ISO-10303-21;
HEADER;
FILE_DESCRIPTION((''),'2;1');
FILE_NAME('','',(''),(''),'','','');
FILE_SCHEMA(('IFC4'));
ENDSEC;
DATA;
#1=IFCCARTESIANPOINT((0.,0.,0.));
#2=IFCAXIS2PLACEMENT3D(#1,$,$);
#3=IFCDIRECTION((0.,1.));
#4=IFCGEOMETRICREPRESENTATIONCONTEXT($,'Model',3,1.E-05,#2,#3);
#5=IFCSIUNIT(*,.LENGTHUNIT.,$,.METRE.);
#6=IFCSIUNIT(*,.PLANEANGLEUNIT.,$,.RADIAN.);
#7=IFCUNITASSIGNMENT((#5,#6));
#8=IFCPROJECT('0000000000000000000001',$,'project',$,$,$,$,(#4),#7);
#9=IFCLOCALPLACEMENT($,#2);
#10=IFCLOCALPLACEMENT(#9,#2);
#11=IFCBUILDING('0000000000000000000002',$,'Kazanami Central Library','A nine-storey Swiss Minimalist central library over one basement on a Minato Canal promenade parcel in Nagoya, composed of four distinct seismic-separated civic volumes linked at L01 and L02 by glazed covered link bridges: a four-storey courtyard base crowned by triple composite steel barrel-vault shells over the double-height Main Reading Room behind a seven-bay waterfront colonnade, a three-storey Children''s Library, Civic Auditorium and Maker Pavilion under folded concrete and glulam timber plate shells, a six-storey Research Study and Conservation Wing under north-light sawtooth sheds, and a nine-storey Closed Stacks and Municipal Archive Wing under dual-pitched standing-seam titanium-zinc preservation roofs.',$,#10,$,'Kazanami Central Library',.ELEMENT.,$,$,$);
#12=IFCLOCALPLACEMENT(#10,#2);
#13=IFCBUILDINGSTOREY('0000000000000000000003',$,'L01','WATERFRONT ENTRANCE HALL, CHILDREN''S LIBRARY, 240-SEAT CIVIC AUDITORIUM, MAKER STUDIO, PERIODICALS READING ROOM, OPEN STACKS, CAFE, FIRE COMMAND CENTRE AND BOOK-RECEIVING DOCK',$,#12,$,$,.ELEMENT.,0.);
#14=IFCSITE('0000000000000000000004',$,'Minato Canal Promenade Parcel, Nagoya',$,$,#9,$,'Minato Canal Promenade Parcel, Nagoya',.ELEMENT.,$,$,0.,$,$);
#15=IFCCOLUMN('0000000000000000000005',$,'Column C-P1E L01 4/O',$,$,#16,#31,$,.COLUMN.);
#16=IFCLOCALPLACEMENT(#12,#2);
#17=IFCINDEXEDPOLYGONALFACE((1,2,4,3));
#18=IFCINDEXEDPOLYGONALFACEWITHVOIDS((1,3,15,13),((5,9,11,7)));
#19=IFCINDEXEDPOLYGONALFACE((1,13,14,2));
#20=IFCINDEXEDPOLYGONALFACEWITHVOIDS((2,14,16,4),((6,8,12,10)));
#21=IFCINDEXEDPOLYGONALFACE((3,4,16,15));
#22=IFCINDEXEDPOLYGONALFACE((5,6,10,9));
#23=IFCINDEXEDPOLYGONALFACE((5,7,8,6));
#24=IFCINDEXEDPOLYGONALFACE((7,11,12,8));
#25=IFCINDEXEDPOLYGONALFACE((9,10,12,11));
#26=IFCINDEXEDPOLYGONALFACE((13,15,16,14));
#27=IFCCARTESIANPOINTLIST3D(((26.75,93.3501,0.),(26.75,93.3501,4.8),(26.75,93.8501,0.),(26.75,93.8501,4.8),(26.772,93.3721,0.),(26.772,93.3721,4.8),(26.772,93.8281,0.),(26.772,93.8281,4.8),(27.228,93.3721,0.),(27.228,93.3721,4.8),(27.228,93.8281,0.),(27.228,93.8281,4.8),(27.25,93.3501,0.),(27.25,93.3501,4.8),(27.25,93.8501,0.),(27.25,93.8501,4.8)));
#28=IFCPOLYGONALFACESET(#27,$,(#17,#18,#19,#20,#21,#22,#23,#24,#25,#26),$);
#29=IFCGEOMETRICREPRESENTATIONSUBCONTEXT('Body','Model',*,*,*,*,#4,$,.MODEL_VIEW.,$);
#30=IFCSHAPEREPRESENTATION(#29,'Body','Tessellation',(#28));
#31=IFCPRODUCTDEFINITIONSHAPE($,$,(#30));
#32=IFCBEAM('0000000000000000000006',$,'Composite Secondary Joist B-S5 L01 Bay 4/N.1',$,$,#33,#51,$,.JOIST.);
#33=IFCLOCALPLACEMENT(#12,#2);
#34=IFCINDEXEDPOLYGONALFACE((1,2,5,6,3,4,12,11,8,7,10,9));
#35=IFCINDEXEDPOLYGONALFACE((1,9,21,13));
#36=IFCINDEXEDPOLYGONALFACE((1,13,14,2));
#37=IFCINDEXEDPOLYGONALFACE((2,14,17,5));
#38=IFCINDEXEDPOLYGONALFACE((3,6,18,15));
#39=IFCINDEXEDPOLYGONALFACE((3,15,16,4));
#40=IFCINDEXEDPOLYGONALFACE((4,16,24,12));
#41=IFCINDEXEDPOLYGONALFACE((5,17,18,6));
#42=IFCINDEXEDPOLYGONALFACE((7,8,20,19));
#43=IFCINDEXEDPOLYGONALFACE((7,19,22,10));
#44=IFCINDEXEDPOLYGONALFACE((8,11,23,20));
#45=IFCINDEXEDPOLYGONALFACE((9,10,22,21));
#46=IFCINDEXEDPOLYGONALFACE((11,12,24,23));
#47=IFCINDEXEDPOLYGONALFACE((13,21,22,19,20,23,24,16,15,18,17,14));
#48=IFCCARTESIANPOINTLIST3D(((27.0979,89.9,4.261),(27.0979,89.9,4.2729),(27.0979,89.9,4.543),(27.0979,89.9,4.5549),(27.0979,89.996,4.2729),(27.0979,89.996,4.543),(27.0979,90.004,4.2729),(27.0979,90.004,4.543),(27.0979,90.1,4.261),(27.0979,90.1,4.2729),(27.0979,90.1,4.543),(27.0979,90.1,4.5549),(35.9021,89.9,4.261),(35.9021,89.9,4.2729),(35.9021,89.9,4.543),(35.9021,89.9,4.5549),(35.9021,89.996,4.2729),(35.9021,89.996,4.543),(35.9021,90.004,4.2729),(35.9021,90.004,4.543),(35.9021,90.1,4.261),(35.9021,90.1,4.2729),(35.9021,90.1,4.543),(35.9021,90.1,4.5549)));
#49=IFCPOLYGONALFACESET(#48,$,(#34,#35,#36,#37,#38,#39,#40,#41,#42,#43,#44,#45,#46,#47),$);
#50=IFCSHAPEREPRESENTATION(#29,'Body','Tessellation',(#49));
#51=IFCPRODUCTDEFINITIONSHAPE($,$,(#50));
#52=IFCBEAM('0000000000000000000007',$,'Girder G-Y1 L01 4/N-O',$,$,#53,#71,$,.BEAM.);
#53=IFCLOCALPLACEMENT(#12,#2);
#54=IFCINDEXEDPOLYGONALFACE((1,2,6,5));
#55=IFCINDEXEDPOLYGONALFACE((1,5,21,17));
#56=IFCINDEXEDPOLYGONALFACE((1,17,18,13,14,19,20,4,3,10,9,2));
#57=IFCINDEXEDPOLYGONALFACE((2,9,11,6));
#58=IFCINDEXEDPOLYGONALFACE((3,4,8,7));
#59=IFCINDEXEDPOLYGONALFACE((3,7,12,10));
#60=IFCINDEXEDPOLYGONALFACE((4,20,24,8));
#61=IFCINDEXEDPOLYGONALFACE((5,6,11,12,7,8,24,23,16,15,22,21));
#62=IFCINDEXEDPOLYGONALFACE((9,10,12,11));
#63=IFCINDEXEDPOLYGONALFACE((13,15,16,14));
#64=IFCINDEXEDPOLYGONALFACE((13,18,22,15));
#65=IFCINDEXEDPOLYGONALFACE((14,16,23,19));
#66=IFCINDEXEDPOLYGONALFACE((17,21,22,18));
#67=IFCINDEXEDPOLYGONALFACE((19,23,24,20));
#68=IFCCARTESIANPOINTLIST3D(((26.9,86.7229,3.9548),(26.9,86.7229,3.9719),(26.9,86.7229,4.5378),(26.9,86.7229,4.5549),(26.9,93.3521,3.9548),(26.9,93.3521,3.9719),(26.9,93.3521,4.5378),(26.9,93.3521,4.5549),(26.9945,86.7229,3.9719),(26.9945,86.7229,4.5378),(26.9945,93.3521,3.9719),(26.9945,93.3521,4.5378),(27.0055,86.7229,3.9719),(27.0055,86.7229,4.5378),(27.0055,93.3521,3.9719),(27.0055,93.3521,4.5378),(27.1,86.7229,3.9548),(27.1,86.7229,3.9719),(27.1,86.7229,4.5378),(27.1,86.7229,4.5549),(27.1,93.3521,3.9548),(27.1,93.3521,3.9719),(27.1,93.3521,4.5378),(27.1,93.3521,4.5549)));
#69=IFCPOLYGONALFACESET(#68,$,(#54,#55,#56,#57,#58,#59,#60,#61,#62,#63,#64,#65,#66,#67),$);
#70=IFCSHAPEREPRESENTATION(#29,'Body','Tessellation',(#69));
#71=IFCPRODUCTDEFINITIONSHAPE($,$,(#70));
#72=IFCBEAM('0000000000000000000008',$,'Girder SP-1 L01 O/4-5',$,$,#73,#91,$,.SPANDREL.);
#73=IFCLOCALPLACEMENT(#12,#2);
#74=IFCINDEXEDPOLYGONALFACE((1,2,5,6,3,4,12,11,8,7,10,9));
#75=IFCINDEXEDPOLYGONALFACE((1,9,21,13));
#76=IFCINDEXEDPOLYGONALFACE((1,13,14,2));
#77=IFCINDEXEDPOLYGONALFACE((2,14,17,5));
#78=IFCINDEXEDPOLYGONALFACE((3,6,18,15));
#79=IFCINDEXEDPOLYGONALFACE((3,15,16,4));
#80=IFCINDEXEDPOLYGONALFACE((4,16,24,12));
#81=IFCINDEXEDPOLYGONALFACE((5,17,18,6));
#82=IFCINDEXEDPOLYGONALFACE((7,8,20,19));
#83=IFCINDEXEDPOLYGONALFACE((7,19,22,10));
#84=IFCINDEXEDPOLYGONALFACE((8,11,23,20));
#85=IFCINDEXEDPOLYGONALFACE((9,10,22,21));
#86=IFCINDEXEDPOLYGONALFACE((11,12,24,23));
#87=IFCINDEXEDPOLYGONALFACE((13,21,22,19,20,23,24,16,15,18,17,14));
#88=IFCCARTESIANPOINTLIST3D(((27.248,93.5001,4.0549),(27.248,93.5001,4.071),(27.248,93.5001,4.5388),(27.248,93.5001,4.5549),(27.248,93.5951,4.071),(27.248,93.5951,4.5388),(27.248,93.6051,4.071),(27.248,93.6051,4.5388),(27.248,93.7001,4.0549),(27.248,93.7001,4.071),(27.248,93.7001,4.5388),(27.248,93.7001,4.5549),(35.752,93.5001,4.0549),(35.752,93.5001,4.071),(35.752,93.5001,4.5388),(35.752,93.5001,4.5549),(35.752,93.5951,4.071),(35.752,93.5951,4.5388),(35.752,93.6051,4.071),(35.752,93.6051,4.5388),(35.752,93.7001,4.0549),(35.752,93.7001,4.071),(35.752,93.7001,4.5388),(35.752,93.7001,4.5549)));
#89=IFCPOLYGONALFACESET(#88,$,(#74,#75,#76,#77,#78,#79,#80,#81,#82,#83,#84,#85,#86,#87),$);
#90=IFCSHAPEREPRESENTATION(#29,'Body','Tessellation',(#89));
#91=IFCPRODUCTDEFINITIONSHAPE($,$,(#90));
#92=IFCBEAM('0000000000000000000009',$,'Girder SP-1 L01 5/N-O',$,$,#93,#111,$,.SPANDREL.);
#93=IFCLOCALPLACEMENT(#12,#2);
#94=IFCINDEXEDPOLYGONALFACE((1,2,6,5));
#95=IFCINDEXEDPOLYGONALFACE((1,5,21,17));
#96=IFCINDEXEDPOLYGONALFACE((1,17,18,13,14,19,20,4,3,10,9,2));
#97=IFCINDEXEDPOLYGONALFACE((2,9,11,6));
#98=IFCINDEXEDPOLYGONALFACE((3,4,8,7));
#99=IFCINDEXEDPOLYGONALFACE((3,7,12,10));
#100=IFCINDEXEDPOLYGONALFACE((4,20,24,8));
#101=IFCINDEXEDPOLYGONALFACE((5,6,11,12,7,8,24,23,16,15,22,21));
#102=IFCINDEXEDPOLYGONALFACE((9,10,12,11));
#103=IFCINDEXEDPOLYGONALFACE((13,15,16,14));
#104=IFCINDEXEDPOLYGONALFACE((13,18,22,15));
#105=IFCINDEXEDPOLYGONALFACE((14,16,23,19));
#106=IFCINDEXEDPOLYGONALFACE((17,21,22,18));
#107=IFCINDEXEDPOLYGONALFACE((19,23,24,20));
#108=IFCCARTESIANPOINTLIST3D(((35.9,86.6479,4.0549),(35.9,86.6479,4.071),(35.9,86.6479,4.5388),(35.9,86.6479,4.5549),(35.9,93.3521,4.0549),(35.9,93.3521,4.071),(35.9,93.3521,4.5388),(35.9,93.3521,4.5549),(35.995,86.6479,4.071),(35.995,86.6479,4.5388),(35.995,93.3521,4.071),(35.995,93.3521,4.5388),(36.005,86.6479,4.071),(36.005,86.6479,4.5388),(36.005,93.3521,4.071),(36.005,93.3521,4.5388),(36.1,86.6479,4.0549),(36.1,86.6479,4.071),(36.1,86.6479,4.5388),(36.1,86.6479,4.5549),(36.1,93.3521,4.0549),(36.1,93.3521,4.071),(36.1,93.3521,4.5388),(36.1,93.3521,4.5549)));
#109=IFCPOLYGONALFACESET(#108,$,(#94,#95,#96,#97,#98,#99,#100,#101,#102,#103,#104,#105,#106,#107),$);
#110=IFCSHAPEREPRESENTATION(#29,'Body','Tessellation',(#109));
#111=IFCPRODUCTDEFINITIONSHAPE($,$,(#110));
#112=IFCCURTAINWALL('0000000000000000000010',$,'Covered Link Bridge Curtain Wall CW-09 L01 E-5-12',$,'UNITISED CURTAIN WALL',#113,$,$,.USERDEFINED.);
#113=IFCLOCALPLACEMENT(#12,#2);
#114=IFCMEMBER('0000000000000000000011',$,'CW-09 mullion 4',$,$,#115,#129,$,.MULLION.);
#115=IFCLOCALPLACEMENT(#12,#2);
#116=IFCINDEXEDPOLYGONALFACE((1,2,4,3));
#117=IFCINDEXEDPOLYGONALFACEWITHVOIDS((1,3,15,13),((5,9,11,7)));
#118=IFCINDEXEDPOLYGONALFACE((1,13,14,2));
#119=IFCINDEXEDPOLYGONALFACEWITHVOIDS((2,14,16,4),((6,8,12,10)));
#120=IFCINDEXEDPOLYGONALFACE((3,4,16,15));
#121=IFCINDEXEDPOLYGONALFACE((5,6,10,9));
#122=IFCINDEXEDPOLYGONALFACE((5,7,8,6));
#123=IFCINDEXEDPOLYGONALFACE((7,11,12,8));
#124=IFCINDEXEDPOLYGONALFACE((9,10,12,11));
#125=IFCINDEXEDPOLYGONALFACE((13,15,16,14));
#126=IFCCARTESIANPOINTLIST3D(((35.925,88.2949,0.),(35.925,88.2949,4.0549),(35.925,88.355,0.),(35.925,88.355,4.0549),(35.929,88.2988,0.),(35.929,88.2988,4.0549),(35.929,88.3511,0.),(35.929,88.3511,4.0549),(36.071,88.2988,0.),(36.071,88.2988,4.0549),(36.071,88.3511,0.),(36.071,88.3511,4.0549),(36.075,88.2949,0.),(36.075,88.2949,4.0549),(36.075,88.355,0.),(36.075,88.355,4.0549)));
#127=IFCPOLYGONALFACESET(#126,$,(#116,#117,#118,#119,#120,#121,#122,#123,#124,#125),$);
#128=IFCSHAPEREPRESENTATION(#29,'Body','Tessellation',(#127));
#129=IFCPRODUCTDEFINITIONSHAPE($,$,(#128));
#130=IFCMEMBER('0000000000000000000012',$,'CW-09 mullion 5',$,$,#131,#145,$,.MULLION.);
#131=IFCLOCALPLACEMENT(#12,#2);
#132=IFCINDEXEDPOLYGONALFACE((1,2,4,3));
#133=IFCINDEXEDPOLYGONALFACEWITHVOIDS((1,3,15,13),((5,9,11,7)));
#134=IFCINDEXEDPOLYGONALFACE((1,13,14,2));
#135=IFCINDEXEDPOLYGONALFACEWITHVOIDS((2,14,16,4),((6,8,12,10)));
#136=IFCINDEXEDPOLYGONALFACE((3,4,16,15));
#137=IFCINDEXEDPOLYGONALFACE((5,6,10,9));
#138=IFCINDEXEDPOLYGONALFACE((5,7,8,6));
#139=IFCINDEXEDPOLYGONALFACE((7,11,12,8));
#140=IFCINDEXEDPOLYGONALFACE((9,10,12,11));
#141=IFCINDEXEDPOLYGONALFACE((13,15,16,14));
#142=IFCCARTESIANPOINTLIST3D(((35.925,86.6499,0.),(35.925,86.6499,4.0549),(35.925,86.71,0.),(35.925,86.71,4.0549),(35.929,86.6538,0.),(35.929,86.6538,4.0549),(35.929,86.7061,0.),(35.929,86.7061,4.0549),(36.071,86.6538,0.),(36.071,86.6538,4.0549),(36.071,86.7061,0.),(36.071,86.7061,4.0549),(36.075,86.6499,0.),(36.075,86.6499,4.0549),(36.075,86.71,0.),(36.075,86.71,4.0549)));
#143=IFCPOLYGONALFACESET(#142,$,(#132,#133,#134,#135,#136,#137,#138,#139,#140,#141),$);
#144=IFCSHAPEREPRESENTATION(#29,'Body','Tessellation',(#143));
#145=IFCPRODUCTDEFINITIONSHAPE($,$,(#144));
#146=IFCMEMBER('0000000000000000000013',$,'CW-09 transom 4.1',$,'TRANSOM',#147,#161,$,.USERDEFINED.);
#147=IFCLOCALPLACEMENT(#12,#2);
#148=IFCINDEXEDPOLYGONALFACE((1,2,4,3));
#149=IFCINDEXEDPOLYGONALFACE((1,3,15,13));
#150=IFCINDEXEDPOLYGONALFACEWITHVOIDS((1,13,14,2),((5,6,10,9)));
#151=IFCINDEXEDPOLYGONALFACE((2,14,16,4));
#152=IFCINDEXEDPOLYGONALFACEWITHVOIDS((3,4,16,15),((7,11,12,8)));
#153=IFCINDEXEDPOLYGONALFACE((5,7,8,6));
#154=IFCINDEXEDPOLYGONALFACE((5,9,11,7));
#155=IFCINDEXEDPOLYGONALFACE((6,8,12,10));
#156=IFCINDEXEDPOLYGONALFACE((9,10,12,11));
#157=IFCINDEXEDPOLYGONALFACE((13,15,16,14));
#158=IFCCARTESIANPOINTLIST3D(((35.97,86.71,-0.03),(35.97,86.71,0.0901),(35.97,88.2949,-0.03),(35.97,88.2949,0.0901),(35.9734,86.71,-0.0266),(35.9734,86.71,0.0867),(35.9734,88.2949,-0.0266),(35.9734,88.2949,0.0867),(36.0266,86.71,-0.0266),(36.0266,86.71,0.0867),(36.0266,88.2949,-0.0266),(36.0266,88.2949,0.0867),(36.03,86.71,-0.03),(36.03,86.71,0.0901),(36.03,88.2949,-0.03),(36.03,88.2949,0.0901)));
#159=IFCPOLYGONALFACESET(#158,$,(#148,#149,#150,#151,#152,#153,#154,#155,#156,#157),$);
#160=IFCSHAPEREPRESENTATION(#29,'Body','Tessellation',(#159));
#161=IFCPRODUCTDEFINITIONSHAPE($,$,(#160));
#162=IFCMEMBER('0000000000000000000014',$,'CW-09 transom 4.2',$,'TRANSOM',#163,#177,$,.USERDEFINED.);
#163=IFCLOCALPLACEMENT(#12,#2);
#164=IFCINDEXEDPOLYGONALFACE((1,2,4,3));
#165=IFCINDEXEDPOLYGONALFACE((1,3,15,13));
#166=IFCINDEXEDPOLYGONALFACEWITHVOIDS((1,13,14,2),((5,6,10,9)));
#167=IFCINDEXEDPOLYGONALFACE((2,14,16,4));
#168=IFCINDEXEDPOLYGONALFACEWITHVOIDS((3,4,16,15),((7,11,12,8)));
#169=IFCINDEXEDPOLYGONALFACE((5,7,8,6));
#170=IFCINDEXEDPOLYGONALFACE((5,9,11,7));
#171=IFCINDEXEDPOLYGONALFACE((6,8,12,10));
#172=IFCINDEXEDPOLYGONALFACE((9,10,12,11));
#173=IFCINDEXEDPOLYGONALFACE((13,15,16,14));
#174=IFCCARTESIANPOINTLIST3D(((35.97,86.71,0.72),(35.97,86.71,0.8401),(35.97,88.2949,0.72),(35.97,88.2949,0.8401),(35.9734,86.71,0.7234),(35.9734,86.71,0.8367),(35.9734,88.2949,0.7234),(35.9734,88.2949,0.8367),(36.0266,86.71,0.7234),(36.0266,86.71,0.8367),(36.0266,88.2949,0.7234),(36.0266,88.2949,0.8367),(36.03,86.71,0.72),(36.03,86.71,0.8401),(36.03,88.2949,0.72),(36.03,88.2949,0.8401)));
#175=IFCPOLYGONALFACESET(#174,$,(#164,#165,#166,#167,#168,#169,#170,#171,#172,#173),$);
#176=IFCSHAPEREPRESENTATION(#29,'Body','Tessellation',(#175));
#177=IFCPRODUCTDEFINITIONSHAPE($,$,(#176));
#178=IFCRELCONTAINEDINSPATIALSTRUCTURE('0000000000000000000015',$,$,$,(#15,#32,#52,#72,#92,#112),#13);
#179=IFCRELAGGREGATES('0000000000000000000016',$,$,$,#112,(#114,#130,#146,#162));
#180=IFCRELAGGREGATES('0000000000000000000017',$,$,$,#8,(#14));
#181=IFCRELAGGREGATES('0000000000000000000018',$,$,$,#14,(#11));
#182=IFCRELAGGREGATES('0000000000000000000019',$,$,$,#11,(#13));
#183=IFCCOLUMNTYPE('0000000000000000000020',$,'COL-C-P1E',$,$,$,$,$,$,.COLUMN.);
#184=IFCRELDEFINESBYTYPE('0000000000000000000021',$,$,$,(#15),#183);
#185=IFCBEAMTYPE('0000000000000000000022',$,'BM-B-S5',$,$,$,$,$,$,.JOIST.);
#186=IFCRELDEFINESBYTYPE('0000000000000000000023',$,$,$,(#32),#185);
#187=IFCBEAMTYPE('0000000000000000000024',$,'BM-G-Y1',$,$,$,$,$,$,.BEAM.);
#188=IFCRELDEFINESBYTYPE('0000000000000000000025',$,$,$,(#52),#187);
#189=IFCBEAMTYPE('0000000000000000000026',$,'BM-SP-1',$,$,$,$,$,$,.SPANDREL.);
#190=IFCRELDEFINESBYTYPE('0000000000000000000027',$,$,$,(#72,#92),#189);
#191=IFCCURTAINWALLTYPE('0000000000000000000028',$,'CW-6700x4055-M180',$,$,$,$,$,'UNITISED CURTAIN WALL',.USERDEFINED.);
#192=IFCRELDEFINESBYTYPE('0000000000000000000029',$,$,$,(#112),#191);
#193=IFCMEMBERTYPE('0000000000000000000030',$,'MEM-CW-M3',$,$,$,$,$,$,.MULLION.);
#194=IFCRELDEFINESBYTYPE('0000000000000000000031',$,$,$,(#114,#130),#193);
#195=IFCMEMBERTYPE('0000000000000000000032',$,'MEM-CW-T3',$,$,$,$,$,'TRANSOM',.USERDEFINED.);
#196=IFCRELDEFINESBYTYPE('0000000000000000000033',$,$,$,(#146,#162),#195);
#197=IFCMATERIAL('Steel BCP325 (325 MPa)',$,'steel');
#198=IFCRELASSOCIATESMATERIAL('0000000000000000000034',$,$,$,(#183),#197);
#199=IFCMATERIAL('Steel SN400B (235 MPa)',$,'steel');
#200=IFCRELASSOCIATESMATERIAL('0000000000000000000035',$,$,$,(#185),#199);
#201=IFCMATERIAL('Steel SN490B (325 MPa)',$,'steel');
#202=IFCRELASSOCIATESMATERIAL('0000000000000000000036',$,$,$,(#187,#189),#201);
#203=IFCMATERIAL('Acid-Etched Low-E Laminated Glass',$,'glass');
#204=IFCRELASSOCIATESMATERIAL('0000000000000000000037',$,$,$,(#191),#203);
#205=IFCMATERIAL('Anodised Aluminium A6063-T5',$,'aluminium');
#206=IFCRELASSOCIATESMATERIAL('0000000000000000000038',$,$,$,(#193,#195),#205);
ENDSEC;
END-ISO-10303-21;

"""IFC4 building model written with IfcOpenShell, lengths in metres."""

from ifc_helpers import new_model, si_unit, direction, frame, origin, origin_2d, place, context, subcontext, project, spatial, hollow_rectangle, i_section, extrude, material, material_profile, profile_set, type_object, element, aggregate, save


model = new_model("IFC4")

# Units and contexts
model_context = context("Model", 3, precision=1e-05, world=origin(), true_north=direction((0.0, 1.0)))
body_context = subcontext(model_context, "Body", "Model", "MODEL_VIEW")
ifc_project = project(units=[si_unit("LENGTHUNIT", "METRE"), si_unit("PLANEANGLEUNIT", "RADIAN")], contexts=[model_context])

# Site, building, storey
site_placement = place(None, origin())
site = spatial("IfcSite", under=ifc_project, at=site_placement, Name="Minato Canal Promenade Parcel, Nagoya", LongName="Minato Canal Promenade Parcel, Nagoya", CompositionType="ELEMENT", RefElevation=0.0)
building_placement = place(site_placement, origin())
building = spatial("IfcBuilding", under=site, at=building_placement, Name="Kazanami Central Library", Description="A nine-storey Swiss Minimalist central library over one basement on a Minato Canal promenade parcel in Nagoya, composed of four distinct seismic-separated civic volumes linked at L01 and L02 by glazed covered link bridges: a four-storey courtyard base crowned by triple composite steel barrel-vault shells over the double-height Main Reading Room behind a seven-bay waterfront colonnade, a three-storey Children's Library, Civic Auditorium and Maker Pavilion under folded concrete and glulam timber plate shells, a six-storey Research Study and Conservation Wing under north-light sawtooth sheds, and a nine-storey Closed Stacks and Municipal Archive Wing under dual-pitched standing-seam titanium-zinc preservation roofs.", LongName="Kazanami Central Library", CompositionType="ELEMENT")
storey_placement = place(building_placement, origin())
storey = spatial("IfcBuildingStorey", under=building, at=storey_placement, Name="L01", Description="WATERFRONT ENTRANCE HALL, CHILDREN'S LIBRARY, 240-SEAT CIVIC AUDITORIUM, MAKER STUDIO, PERIODICALS READING ROOM, OPEN STACKS, CAFE, FIRE COMMAND CENTRE AND BOOK-RECEIVING DOCK", CompositionType="ELEMENT", Elevation=0.0)

# Column
ifc_material_1 = material(Name="Steel BCP325 (325 MPa)", Category="steel")
ifc_material_profile_1 = material_profile(ifc_material_1, hollow_rectangle(XDim=0.5, YDim=0.5, WallThickness=0.022, at=origin_2d()), Name="BCP-500x500x22")
ifc_profile_set_1 = profile_set([ifc_material_profile_1], Name="Steel BCP325 (325 MPa)")
column_type = type_object("IfcColumnType", Name="COL-C-P1E", PredefinedType="COLUMN", material=ifc_profile_set_1)
column_placement = place(storey_placement, frame((27.0, 93.6001, 0.0), z_axis=(0.0, 0.0, 1.0), x_axis=(1.0, 0.0, 0.0)))
element("IfcColumn", 1, at=column_placement, inside=storey, type_object=column_type, Name="Column C-P1E L01 4/O", PredefinedType="COLUMN", context=body_context, shape_type="SweptSolid", body=[
    extrude(hollow_rectangle(XDim=0.5, YDim=0.5, WallThickness=0.022, at=origin_2d()), origin(), (0.0, 0.0, 1.0), 4.8),
])

# Beams
ifc_material_2 = material(Name="Steel SN400B (235 MPa)", Category="steel")
ifc_material_profile_2 = material_profile(ifc_material_2, i_section(OverallWidth=0.2, OverallDepth=0.2939, WebThickness=0.0081, FlangeThickness=0.012, at=origin_2d()), Name="H-294x200x8x12")
ifc_profile_set_2 = profile_set([ifc_material_profile_2], Name="Steel SN400B (235 MPa)")
beam_type_1 = type_object("IfcBeamType", Name="BM-B-S5", PredefinedType="JOIST", material=ifc_profile_set_2)
beam_1_placement = place(storey_placement, frame((27.0979, 90.0, 4.408), z_axis=(1.0, 0.0, 0.0), x_axis=(0.0, 1.0, 0.0)))
element("IfcBeam", 2, at=beam_1_placement, inside=storey, type_object=beam_type_1, Name="Composite Secondary Joist B-S5 L01 Bay 4/N.1", PredefinedType="JOIST", context=body_context, shape_type="SweptSolid", body=[
    extrude(i_section(OverallWidth=0.2, OverallDepth=0.2939, WebThickness=0.0081, FlangeThickness=0.012, at=origin_2d()), origin(), (0.0, 0.0, 1.0), 8.8042),
])
ifc_material_3 = material(Name="Steel SN490B (325 MPa)", Category="steel")
ifc_material_profile_3 = material_profile(ifc_material_3, i_section(OverallWidth=0.2, OverallDepth=0.6001, WebThickness=0.011, FlangeThickness=0.0171, at=origin_2d()), Name="H-600x200x11x17")
ifc_profile_set_3 = profile_set([ifc_material_profile_3], Name="Steel SN490B (325 MPa)")
beam_type_2 = type_object("IfcBeamType", Name="BM-G-Y1", PredefinedType="BEAM", material=ifc_profile_set_3)
beam_2_placement = place(storey_placement, frame((27.0, 86.7229, 4.2549), z_axis=(0.0, 1.0, 0.0), x_axis=(-1.0, 0.0, 0.0)))
element("IfcBeam", 3, at=beam_2_placement, inside=storey, type_object=beam_type_2, Name="Girder G-Y1 L01 4/N-O", PredefinedType="BEAM", context=body_context, shape_type="SweptSolid", body=[
    extrude(i_section(OverallWidth=0.2, OverallDepth=0.6001, WebThickness=0.011, FlangeThickness=0.0171, at=origin_2d()), origin(), (0.0, 0.0, 1.0), 6.6292),
])
ifc_material_profile_4 = material_profile(ifc_material_3, i_section(OverallWidth=0.2, OverallDepth=0.5, WebThickness=0.01, FlangeThickness=0.0161, at=origin_2d()), Name="H-500x200x10x16")
ifc_profile_set_4 = profile_set([ifc_material_profile_4], Name="Steel SN490B (325 MPa)")
beam_type_3 = type_object("IfcBeamType", Name="BM-SP-1", PredefinedType="SPANDREL", material=ifc_profile_set_4)
beam_3_placement = place(storey_placement, frame((27.248, 93.6001, 4.3049), z_axis=(1.0, 0.0, 0.0), x_axis=(0.0, 1.0, 0.0)))
element("IfcBeam", 4, at=beam_3_placement, inside=storey, type_object=beam_type_3, Name="Girder SP-1 L01 O/4-5", PredefinedType="SPANDREL", context=body_context, shape_type="SweptSolid", body=[
    extrude(i_section(OverallWidth=0.2, OverallDepth=0.5, WebThickness=0.01, FlangeThickness=0.0161, at=origin_2d()), origin(), (0.0, 0.0, 1.0), 8.5039),
])
beam_4_placement = place(storey_placement, frame((36.0, 86.6479, 4.3049), z_axis=(0.0, 1.0, 0.0), x_axis=(-1.0, 0.0, 0.0)))
element("IfcBeam", 5, at=beam_4_placement, inside=storey, type_object=beam_type_3, Name="Girder SP-1 L01 5/N-O", PredefinedType="SPANDREL", context=body_context, shape_type="SweptSolid", body=[
    extrude(i_section(OverallWidth=0.2, OverallDepth=0.5, WebThickness=0.01, FlangeThickness=0.0161, at=origin_2d()), origin(), (0.0, 0.0, 1.0), 6.7041),
])

# Curtain wall, members
ifc_material_4 = material(Name="Acid-Etched Low-E Laminated Glass", Category="glass")
curtain_wall_type = type_object("IfcCurtainWallType", Name="CW-6700x4055-M180", ElementType="UNITISED CURTAIN WALL", PredefinedType="USERDEFINED", material=ifc_material_4)
curtain_wall_placement = place(storey_placement, origin())
curtain_wall = element("IfcCurtainWall", 6, at=curtain_wall_placement, inside=storey, type_object=curtain_wall_type, Name="Covered Link Bridge Curtain Wall CW-09 L01 E-5-12", ObjectType="UNITISED CURTAIN WALL", PredefinedType="USERDEFINED")
ifc_material_5 = material(Name="Anodised Aluminium A6063-T5", Category="aluminium")
ifc_material_profile_5 = material_profile(ifc_material_5, hollow_rectangle(XDim=0.0601, YDim=0.1499, WallThickness=0.0039, at=origin_2d()), Name="ALU-MULL-60x150x4")
ifc_profile_set_5 = profile_set([ifc_material_profile_5], Name="Anodised Aluminium A6063-T5")
member_type_1 = type_object("IfcMemberType", Name="MEM-CW-M3", PredefinedType="MULLION", material=ifc_profile_set_5)
member_1_placement = place(storey_placement, frame((36.0, 88.325, 0.0), z_axis=(0.0, 0.0, 1.0), x_axis=(0.0, -1.0, 0.0)))
member_1 = element("IfcMember", 7, at=member_1_placement, type_object=member_type_1, Name="CW-09 mullion 4", PredefinedType="MULLION", context=body_context, shape_type="SweptSolid", body=[
    extrude(hollow_rectangle(XDim=0.0601, YDim=0.1499, WallThickness=0.0039, at=origin_2d()), origin(), (0.0, 0.0, 1.0), 4.0549),
])
member_2_placement = place(storey_placement, frame((36.0, 86.6799, 0.0), z_axis=(0.0, 0.0, 1.0), x_axis=(0.0, -1.0, 0.0)))
member_2 = element("IfcMember", 8, at=member_2_placement, type_object=member_type_1, Name="CW-09 mullion 5", PredefinedType="MULLION", context=body_context, shape_type="SweptSolid", body=[
    extrude(hollow_rectangle(XDim=0.0601, YDim=0.1499, WallThickness=0.0039, at=origin_2d()), origin(), (0.0, 0.0, 1.0), 4.0549),
])
ifc_material_profile_6 = material_profile(ifc_material_5, hollow_rectangle(XDim=0.0601, YDim=0.1201, WallThickness=0.0034, at=origin_2d()), Name="ALU-TRAN-60x120x3.5")
ifc_profile_set_6 = profile_set([ifc_material_profile_6], Name="Anodised Aluminium A6063-T5")
member_type_2 = type_object("IfcMemberType", Name="MEM-CW-T3", ElementType="TRANSOM", PredefinedType="USERDEFINED", material=ifc_profile_set_6)
member_3_placement = place(storey_placement, frame((36.0, 88.2949, 0.03), z_axis=(0.0, -1.0, 0.0), x_axis=(1.0, 0.0, 0.0)))
member_3 = element("IfcMember", 9, at=member_3_placement, type_object=member_type_2, Name="CW-09 transom 4.1", ObjectType="TRANSOM", PredefinedType="USERDEFINED", context=body_context, shape_type="SweptSolid", body=[
    extrude(hollow_rectangle(XDim=0.0601, YDim=0.1201, WallThickness=0.0034, at=origin_2d()), origin(), (0.0, 0.0, 1.0), 1.585),
])
member_4_placement = place(storey_placement, frame((36.0, 88.2949, 0.78), z_axis=(0.0, -1.0, 0.0), x_axis=(1.0, 0.0, 0.0)))
member_4 = element("IfcMember", 10, at=member_4_placement, type_object=member_type_2, Name="CW-09 transom 4.2", ObjectType="TRANSOM", PredefinedType="USERDEFINED", context=body_context, shape_type="SweptSolid", body=[
    extrude(hollow_rectangle(XDim=0.0601, YDim=0.1201, WallThickness=0.0034, at=origin_2d()), origin(), (0.0, 0.0, 1.0), 1.585),
])
aggregate(curtain_wall, [member_1, member_2, member_3, member_4])

save(model, "model.ifc")
